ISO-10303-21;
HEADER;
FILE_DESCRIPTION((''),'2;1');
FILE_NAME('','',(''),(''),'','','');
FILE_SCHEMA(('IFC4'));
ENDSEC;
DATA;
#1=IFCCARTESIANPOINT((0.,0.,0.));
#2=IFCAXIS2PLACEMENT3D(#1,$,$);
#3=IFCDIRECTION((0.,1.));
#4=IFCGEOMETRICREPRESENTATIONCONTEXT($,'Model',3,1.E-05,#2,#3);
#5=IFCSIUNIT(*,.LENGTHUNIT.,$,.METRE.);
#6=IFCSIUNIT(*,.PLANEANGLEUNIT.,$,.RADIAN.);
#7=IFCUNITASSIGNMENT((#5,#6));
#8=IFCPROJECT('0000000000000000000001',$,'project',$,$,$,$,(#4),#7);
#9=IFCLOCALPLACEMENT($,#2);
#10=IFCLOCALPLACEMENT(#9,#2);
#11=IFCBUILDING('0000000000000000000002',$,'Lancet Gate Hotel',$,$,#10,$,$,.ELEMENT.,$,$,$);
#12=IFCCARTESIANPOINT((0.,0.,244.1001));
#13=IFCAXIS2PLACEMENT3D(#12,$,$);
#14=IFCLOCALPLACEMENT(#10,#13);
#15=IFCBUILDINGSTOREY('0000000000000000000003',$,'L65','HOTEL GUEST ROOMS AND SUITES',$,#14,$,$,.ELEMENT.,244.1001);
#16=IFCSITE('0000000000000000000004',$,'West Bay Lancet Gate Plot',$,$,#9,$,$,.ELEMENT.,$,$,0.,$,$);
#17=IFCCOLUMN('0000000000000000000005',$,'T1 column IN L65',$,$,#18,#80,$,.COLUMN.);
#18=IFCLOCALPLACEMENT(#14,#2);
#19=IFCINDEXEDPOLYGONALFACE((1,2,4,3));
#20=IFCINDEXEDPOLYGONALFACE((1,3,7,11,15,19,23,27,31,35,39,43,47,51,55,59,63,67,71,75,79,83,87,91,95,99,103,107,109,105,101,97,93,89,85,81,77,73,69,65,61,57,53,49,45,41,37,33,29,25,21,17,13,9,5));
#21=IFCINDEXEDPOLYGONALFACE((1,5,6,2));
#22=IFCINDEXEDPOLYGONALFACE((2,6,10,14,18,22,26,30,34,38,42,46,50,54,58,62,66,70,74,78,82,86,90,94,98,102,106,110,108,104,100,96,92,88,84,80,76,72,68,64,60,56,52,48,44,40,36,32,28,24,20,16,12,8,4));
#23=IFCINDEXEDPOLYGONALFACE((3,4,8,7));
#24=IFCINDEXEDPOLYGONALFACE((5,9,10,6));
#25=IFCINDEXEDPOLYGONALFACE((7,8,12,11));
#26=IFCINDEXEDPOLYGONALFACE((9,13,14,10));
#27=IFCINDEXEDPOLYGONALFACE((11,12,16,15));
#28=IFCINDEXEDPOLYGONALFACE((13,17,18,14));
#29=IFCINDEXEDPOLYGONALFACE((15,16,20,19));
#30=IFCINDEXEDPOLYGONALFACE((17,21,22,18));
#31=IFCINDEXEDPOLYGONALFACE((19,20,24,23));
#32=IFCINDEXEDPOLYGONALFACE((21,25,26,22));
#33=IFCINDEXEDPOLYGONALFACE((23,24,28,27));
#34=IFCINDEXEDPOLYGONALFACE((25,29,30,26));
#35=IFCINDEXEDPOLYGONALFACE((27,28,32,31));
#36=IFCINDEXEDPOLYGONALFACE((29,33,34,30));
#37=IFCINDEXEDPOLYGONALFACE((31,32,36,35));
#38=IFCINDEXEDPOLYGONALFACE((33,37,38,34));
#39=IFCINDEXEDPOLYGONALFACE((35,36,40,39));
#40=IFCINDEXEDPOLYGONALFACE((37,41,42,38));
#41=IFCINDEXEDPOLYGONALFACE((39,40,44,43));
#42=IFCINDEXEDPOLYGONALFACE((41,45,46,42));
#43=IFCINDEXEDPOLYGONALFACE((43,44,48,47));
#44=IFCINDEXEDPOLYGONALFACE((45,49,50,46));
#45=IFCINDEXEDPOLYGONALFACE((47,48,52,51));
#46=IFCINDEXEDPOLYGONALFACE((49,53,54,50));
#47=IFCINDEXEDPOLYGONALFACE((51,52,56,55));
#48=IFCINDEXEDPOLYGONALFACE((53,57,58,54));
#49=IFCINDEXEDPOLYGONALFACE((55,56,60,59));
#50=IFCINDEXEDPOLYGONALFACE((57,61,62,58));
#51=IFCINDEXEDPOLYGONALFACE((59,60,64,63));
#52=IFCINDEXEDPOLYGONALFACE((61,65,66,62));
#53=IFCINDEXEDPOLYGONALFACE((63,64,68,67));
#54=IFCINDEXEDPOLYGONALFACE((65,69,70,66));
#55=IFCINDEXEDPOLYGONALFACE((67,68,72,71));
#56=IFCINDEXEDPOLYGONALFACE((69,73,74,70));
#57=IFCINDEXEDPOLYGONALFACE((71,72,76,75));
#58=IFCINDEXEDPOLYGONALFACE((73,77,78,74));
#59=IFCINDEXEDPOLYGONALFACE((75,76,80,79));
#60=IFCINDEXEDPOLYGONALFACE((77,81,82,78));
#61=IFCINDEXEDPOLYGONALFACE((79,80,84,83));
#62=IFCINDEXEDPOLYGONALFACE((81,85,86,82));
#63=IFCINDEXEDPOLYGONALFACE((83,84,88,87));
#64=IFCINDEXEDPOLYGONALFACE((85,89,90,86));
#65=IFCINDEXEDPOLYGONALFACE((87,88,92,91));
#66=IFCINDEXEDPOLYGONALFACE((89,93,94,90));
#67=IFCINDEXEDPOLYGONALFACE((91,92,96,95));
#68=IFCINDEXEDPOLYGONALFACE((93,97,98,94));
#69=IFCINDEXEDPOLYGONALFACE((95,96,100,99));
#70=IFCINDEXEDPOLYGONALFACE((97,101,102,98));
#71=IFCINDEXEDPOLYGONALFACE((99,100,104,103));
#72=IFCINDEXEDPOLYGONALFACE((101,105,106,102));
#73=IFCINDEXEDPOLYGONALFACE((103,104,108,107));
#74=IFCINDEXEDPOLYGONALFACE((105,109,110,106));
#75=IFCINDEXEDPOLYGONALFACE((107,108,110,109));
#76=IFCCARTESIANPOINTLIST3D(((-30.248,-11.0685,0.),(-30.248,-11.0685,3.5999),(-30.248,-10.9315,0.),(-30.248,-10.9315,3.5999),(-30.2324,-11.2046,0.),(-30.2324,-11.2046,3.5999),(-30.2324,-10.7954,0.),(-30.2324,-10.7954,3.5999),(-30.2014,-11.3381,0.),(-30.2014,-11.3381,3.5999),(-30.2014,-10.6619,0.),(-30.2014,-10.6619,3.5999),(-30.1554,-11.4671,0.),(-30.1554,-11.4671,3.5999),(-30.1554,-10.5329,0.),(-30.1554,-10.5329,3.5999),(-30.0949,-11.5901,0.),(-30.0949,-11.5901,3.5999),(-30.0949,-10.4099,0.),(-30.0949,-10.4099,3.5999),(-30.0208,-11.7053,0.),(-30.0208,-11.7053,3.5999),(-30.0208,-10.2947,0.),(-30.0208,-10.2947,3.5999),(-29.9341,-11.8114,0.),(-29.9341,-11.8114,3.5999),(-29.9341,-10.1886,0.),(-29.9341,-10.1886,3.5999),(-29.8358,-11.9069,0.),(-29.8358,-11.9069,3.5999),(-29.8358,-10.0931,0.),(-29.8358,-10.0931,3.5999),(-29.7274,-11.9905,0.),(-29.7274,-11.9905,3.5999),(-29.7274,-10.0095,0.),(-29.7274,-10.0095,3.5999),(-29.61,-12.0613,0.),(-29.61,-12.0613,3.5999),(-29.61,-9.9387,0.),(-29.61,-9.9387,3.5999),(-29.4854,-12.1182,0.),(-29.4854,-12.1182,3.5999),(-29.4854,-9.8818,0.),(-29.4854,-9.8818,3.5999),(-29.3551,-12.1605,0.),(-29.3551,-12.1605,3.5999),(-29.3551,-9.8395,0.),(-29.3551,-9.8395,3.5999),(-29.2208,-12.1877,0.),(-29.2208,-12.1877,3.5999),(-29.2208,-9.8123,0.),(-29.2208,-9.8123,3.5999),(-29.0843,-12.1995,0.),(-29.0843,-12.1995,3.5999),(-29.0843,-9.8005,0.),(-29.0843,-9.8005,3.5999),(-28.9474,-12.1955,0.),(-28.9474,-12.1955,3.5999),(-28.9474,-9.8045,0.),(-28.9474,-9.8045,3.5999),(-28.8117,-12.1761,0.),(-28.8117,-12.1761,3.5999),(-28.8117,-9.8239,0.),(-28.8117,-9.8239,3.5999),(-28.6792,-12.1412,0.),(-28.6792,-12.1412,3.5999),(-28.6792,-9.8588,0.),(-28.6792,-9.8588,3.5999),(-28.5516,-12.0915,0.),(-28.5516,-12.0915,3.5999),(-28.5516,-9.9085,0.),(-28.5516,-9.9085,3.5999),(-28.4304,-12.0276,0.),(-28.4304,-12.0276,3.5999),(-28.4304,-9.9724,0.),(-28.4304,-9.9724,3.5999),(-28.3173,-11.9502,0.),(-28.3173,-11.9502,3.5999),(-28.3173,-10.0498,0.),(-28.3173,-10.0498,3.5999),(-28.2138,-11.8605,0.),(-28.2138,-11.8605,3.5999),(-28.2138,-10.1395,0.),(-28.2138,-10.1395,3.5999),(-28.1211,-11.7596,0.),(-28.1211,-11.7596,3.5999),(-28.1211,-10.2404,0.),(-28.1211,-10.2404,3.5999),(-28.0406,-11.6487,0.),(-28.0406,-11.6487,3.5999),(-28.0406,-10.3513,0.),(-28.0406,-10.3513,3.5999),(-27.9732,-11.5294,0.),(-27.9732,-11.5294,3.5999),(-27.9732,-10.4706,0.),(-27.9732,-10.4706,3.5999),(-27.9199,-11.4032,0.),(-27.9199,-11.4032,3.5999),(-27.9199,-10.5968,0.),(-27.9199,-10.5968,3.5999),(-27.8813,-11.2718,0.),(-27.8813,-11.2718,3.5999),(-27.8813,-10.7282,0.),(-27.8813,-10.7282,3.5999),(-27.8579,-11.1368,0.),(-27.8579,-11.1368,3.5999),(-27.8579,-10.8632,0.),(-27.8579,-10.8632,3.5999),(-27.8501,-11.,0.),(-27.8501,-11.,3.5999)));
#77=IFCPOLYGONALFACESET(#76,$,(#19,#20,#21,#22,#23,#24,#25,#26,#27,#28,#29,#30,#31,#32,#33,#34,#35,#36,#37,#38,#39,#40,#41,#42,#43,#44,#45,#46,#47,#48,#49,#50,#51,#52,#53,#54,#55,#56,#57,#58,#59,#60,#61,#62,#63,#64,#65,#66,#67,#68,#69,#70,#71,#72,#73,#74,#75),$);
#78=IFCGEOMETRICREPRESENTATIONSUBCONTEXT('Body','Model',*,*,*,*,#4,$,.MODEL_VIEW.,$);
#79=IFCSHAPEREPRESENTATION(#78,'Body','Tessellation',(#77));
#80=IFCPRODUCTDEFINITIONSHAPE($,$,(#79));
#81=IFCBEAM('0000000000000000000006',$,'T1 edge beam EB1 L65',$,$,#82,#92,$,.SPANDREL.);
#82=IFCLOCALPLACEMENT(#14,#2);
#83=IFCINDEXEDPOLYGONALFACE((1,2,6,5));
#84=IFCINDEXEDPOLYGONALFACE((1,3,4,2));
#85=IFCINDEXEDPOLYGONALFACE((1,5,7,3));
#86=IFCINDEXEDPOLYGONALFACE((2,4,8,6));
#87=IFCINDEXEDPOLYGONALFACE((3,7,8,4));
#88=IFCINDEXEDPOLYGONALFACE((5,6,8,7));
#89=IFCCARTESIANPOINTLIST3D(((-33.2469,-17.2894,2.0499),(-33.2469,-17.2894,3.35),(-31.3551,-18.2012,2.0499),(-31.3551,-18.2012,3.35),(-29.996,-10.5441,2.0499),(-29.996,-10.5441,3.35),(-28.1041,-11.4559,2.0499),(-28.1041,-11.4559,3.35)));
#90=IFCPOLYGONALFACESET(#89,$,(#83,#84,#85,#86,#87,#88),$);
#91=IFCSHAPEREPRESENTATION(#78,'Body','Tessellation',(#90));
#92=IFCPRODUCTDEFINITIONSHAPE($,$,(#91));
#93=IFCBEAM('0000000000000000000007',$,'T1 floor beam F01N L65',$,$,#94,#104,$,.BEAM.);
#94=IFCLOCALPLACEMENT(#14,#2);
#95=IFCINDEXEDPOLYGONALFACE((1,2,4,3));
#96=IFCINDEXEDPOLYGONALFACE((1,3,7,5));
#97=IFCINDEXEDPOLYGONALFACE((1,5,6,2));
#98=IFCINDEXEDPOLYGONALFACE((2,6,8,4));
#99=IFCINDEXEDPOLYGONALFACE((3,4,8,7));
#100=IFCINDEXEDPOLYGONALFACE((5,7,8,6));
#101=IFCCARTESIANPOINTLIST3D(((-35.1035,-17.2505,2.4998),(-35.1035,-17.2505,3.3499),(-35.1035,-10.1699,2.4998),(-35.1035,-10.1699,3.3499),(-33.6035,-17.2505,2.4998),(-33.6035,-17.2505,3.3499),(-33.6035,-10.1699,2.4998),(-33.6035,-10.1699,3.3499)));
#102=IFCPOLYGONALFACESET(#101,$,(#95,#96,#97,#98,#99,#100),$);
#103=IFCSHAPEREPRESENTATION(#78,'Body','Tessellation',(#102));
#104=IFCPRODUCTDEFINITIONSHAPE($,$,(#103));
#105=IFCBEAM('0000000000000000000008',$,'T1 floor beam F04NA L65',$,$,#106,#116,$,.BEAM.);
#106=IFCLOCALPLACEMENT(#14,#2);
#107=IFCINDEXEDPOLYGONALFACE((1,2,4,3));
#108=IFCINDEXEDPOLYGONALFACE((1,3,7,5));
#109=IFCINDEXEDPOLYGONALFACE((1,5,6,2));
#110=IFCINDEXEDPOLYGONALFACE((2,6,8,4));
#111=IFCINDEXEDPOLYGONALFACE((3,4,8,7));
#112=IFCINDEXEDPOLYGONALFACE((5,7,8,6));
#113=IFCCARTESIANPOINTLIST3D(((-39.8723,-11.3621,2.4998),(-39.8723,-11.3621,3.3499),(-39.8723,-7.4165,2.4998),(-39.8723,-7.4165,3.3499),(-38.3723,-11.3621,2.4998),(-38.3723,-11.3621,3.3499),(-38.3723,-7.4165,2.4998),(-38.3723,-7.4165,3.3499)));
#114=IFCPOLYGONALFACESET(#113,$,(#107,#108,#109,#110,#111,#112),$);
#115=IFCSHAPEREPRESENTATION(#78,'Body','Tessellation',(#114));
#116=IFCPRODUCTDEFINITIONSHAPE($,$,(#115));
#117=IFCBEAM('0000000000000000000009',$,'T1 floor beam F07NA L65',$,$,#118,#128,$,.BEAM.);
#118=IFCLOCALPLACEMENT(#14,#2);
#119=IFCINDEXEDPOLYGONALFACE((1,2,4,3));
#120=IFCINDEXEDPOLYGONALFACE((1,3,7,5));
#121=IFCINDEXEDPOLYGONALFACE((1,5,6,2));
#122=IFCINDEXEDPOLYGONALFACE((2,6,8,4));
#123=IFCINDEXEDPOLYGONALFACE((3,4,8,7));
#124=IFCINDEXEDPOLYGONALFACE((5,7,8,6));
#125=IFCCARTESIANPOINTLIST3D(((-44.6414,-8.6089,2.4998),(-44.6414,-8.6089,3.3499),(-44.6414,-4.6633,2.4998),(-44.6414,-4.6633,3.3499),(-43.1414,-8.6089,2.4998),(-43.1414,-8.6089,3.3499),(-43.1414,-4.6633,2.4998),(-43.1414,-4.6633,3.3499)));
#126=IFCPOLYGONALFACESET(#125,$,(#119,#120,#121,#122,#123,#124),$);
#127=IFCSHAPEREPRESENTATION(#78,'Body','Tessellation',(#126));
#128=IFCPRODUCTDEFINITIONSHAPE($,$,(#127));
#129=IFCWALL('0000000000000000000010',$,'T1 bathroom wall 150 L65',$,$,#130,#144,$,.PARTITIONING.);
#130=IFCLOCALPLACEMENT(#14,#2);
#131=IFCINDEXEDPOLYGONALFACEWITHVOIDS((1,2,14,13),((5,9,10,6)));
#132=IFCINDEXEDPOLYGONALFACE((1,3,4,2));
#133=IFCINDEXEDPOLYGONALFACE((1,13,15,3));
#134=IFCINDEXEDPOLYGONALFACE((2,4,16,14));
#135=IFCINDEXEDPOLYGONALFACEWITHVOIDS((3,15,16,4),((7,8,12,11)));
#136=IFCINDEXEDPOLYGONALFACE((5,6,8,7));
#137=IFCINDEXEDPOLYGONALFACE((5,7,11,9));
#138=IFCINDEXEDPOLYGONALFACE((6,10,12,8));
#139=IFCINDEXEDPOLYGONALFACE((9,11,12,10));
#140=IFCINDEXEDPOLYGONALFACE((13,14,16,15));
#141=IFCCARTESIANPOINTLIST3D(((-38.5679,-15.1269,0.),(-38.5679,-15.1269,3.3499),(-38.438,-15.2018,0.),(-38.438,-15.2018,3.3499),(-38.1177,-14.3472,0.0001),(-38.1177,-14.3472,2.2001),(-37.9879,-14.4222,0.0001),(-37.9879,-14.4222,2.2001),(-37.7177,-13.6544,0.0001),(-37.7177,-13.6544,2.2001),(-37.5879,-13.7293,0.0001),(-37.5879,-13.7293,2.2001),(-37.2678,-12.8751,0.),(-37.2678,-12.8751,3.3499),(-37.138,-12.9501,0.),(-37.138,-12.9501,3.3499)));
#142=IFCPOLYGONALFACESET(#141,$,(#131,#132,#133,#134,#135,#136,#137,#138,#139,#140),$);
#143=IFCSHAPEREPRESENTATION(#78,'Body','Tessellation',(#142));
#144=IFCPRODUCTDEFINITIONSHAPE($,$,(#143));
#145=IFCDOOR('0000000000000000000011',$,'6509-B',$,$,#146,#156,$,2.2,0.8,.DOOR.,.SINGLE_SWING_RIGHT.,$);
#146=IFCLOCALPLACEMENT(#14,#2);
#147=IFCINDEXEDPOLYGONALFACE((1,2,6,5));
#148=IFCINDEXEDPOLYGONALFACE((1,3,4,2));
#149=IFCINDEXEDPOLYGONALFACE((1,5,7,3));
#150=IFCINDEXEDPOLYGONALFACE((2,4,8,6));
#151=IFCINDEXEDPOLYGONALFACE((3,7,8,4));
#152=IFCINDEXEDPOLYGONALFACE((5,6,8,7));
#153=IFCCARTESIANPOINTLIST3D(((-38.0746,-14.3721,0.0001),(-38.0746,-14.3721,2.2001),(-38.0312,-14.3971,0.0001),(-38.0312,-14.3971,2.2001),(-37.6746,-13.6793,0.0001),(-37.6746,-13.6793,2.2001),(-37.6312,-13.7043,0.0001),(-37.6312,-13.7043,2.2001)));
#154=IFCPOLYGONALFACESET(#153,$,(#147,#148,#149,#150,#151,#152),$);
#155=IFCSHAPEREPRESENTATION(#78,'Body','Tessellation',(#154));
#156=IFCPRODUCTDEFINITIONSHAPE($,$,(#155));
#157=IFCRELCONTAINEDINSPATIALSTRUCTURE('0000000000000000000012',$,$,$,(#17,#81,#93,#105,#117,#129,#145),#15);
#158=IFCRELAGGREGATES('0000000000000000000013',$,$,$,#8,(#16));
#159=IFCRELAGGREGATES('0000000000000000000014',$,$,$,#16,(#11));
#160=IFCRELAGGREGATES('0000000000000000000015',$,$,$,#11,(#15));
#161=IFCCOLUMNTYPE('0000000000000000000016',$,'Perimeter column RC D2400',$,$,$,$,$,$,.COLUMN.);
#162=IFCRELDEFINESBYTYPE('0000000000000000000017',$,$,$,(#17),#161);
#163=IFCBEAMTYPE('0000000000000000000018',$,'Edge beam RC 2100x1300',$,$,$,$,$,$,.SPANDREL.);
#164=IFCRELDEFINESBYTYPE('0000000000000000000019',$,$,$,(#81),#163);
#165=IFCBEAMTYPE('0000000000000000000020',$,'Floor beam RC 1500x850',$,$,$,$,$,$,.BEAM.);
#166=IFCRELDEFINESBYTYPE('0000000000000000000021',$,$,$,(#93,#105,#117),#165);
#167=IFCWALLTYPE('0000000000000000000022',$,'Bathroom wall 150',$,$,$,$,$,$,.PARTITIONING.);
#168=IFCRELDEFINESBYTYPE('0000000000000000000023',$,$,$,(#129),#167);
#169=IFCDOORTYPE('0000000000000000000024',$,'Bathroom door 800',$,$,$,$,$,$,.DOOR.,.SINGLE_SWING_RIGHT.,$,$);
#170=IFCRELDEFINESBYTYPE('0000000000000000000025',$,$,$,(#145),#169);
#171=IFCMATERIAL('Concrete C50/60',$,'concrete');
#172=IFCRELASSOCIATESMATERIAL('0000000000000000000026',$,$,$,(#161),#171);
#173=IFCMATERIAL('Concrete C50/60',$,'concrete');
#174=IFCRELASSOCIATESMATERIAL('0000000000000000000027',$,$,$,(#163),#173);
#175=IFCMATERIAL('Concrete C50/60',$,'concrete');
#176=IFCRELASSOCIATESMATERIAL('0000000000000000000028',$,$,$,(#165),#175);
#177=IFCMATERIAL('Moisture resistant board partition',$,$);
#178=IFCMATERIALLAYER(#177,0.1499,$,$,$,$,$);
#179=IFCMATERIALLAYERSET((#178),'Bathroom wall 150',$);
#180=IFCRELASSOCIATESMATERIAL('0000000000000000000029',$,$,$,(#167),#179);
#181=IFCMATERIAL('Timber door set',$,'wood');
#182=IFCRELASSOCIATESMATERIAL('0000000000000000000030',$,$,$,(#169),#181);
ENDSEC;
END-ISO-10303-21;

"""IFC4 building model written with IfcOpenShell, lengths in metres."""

from ifc_helpers import new_model, si_unit, direction, frame, frame_2d, origin, origin_2d, place, context, subcontext, project, spatial, rectangle, circle, extrude, material, layer, layer_set, material_profile, profile_set, type_object, element, fill, save


model = new_model("IFC4")

# Units and contexts
model_context = context("Model", 3, precision=1e-05, world=origin(), true_north=direction((0.0, 1.0)))
body_context = subcontext(model_context, "Body", "Model", "MODEL_VIEW")
ifc_project = project(units=[si_unit("LENGTHUNIT", "METRE"), si_unit("PLANEANGLEUNIT", "RADIAN")], contexts=[model_context])

# Site, building, storey
site_placement = place(None, origin())
site = spatial("IfcSite", under=ifc_project, at=site_placement, Name="West Bay Lancet Gate Plot", CompositionType="ELEMENT", RefElevation=0.0)
building_placement = place(site_placement, origin())
building = spatial("IfcBuilding", under=site, at=building_placement, Name="Lancet Gate Hotel", CompositionType="ELEMENT")
storey_placement = place(building_placement, frame((0.0, 0.0, 244.1001)))
storey = spatial("IfcBuildingStorey", under=building, at=storey_placement, Name="L65", Description="HOTEL GUEST ROOMS AND SUITES", CompositionType="ELEMENT", Elevation=244.1001)

# Column
ifc_material_1 = material(Name="Concrete C50/60", Category="concrete")
ifc_material_profile_1 = material_profile(ifc_material_1, circle(Radius=1.2, at=origin_2d()), Name="RC D2400")
ifc_profile_set_1 = profile_set([ifc_material_profile_1], Name="Concrete C50/60")
column_type = type_object("IfcColumnType", Name="Perimeter column RC D2400", PredefinedType="COLUMN", material=ifc_profile_set_1)
column_placement = place(storey_placement, frame((-29.05, -11.0, 0.0), z_axis=(0.0, 0.0, 1.0), x_axis=(1.0, 0.0, 0.0)))
element("IfcColumn", 1, at=column_placement, inside=storey, type_object=column_type, Name="T1 column IN L65", PredefinedType="COLUMN", context=body_context, shape_type="SweptSolid", body=[
    extrude(circle(Radius=1.2, at=origin_2d()), origin(), (0.0, 0.0, 1.0), 3.5999),
])

# Beams
ifc_material_2 = material(Name="Concrete C50/60", Category="concrete")
ifc_material_profile_2 = material_profile(ifc_material_2, rectangle(XDim=2.1001, YDim=1.3, at=origin_2d()), Name="RC 2100x1300")
ifc_profile_set_2 = profile_set([ifc_material_profile_2], Name="Concrete C50/60")
beam_type_1 = type_object("IfcBeamType", Name="Edge beam RC 2100x1300", PredefinedType="SPANDREL", material=ifc_profile_set_2)
beam_1_placement = place(storey_placement, frame((-29.05, -11.0, 2.7), z_axis=(-0.434164, -0.900834, 0.0), x_axis=(0.900834, -0.434164, 0.0)))
element("IfcBeam", 2, at=beam_1_placement, inside=storey, type_object=beam_type_1, Name="T1 edge beam EB1 L65", PredefinedType="SPANDREL", context=body_context, shape_type="SweptSolid", body=[
    extrude(rectangle(XDim=2.1001, YDim=1.3, at=origin_2d()), origin(), (0.0, 0.0, 1.0), 7.4878),
])
ifc_material_3 = material(Name="Concrete C50/60", Category="concrete")
ifc_material_profile_3 = material_profile(ifc_material_3, rectangle(XDim=1.5, YDim=0.8501, at=origin_2d()), Name="RC 1500x850")
ifc_profile_set_3 = profile_set([ifc_material_profile_3], Name="Concrete C50/60")
beam_type_2 = type_object("IfcBeamType", Name="Floor beam RC 1500x850", PredefinedType="BEAM", material=ifc_profile_set_3)
beam_2_placement = place(storey_placement, frame((-34.3535, -10.1699, 2.9248), z_axis=(0.0, -1.0, 0.0), x_axis=(1.0, 0.0, 0.0)))
element("IfcBeam", 3, at=beam_2_placement, inside=storey, type_object=beam_type_2, Name="T1 floor beam F01N L65", PredefinedType="BEAM", context=body_context, shape_type="SweptSolid", body=[
    extrude(rectangle(XDim=1.5, YDim=0.8501, at=origin_2d()), origin(), (0.0, 0.0, 1.0), 7.0806),
])
for number, where, z_axis, x_axis, name in (
    (4, (-39.1223, -7.4165, 2.9248), (0.0, -1.0, 0.0), (1.0, 0.0, 0.0), "T1 floor beam F04NA L65"),
    (5, (-43.8914, -4.6633, 2.9248), (0.0, -1.0, 0.0), (1.0, 0.0, 0.0), "T1 floor beam F07NA L65"),
):
    element("IfcBeam", number, at=place(storey_placement, frame(where, z_axis=z_axis, x_axis=x_axis)), inside=storey, type_object=beam_type_2, Name=name, PredefinedType="BEAM", context=body_context, shape_type="SweptSolid", body=[
        extrude(rectangle(XDim=1.5, YDim=0.8501, at=origin_2d()), origin(), (0.0, 0.0, 1.0), 3.9456),
    ])

# Wall, opening, door
ifc_material_4 = material(Name="Moisture resistant board partition")
ifc_layer_1 = layer(ifc_material_4, 0.1499)
ifc_layer_set_1 = layer_set([ifc_layer_1], Name="Bathroom wall 150")
wall_type_1 = type_object("IfcWallType", Name="Bathroom wall 150", PredefinedType="PARTITIONING", material=ifc_layer_set_1)
wall_1_placement = place(storey_placement, frame((-37.2029, -12.9126, 0.0), z_axis=(0.0, 0.0, 1.0), x_axis=(-0.500007, -0.866021, 0.0)))
wall_1 = element("IfcWall", 6, at=wall_1_placement, inside=storey, type_object=wall_type_1, Name="T1 bathroom wall 150 L65", PredefinedType="PARTITIONING", context=body_context, shape_type="SweptSolid", body=[
    extrude(rectangle(XDim=2.6001, YDim=0.1499, at=frame_2d((1.3, 0.0))), origin(), (0.0, 0.0, 1.0), 3.3499),
])
opening_1_placement = place(wall_1_placement, frame((0.8999, 0.0, 0.0)))
opening_1 = element("IfcOpeningElement", 7, at=opening_1_placement, cuts=wall_1, PredefinedType="OPENING", context=body_context, shape_type="SweptSolid", body=[
    extrude(rectangle(XDim=0.8, YDim=2.2, at=frame_2d((0.3999, 1.1001))), frame((0.0, 0.085, 0.0), z_axis=(0.0, -1.0, 0.0), x_axis=(1.0, 0.0, 0.0)), (0.0, 0.0, 1.0), 0.1699),
])
ifc_material_5 = material(Name="Timber door set", Category="wood")
door_type_1 = type_object("IfcDoorType", Name="Bathroom door 800", OperationType="SINGLE_SWING_RIGHT", PredefinedType="DOOR", material=ifc_material_5)
door_1_placement = place(opening_1_placement, origin())
door_1 = element("IfcDoor", 8, at=door_1_placement, inside=storey, type_object=door_type_1, Name="6509-B", OperationType="SINGLE_SWING_RIGHT", OverallHeight=2.2, OverallWidth=0.8, PredefinedType="DOOR", context=body_context, shape_type="SweptSolid", body=[
    extrude(rectangle(XDim=0.8, YDim=2.2, at=frame_2d((0.3999, 1.1001))), frame((0.0, 0.0249, 0.0), z_axis=(0.0, -1.0, 0.0), x_axis=(1.0, 0.0, 0.0)), (0.0, 0.0, 1.0), 0.05),
])
fill(opening_1, door_1)

save(model, "model.ifc")
